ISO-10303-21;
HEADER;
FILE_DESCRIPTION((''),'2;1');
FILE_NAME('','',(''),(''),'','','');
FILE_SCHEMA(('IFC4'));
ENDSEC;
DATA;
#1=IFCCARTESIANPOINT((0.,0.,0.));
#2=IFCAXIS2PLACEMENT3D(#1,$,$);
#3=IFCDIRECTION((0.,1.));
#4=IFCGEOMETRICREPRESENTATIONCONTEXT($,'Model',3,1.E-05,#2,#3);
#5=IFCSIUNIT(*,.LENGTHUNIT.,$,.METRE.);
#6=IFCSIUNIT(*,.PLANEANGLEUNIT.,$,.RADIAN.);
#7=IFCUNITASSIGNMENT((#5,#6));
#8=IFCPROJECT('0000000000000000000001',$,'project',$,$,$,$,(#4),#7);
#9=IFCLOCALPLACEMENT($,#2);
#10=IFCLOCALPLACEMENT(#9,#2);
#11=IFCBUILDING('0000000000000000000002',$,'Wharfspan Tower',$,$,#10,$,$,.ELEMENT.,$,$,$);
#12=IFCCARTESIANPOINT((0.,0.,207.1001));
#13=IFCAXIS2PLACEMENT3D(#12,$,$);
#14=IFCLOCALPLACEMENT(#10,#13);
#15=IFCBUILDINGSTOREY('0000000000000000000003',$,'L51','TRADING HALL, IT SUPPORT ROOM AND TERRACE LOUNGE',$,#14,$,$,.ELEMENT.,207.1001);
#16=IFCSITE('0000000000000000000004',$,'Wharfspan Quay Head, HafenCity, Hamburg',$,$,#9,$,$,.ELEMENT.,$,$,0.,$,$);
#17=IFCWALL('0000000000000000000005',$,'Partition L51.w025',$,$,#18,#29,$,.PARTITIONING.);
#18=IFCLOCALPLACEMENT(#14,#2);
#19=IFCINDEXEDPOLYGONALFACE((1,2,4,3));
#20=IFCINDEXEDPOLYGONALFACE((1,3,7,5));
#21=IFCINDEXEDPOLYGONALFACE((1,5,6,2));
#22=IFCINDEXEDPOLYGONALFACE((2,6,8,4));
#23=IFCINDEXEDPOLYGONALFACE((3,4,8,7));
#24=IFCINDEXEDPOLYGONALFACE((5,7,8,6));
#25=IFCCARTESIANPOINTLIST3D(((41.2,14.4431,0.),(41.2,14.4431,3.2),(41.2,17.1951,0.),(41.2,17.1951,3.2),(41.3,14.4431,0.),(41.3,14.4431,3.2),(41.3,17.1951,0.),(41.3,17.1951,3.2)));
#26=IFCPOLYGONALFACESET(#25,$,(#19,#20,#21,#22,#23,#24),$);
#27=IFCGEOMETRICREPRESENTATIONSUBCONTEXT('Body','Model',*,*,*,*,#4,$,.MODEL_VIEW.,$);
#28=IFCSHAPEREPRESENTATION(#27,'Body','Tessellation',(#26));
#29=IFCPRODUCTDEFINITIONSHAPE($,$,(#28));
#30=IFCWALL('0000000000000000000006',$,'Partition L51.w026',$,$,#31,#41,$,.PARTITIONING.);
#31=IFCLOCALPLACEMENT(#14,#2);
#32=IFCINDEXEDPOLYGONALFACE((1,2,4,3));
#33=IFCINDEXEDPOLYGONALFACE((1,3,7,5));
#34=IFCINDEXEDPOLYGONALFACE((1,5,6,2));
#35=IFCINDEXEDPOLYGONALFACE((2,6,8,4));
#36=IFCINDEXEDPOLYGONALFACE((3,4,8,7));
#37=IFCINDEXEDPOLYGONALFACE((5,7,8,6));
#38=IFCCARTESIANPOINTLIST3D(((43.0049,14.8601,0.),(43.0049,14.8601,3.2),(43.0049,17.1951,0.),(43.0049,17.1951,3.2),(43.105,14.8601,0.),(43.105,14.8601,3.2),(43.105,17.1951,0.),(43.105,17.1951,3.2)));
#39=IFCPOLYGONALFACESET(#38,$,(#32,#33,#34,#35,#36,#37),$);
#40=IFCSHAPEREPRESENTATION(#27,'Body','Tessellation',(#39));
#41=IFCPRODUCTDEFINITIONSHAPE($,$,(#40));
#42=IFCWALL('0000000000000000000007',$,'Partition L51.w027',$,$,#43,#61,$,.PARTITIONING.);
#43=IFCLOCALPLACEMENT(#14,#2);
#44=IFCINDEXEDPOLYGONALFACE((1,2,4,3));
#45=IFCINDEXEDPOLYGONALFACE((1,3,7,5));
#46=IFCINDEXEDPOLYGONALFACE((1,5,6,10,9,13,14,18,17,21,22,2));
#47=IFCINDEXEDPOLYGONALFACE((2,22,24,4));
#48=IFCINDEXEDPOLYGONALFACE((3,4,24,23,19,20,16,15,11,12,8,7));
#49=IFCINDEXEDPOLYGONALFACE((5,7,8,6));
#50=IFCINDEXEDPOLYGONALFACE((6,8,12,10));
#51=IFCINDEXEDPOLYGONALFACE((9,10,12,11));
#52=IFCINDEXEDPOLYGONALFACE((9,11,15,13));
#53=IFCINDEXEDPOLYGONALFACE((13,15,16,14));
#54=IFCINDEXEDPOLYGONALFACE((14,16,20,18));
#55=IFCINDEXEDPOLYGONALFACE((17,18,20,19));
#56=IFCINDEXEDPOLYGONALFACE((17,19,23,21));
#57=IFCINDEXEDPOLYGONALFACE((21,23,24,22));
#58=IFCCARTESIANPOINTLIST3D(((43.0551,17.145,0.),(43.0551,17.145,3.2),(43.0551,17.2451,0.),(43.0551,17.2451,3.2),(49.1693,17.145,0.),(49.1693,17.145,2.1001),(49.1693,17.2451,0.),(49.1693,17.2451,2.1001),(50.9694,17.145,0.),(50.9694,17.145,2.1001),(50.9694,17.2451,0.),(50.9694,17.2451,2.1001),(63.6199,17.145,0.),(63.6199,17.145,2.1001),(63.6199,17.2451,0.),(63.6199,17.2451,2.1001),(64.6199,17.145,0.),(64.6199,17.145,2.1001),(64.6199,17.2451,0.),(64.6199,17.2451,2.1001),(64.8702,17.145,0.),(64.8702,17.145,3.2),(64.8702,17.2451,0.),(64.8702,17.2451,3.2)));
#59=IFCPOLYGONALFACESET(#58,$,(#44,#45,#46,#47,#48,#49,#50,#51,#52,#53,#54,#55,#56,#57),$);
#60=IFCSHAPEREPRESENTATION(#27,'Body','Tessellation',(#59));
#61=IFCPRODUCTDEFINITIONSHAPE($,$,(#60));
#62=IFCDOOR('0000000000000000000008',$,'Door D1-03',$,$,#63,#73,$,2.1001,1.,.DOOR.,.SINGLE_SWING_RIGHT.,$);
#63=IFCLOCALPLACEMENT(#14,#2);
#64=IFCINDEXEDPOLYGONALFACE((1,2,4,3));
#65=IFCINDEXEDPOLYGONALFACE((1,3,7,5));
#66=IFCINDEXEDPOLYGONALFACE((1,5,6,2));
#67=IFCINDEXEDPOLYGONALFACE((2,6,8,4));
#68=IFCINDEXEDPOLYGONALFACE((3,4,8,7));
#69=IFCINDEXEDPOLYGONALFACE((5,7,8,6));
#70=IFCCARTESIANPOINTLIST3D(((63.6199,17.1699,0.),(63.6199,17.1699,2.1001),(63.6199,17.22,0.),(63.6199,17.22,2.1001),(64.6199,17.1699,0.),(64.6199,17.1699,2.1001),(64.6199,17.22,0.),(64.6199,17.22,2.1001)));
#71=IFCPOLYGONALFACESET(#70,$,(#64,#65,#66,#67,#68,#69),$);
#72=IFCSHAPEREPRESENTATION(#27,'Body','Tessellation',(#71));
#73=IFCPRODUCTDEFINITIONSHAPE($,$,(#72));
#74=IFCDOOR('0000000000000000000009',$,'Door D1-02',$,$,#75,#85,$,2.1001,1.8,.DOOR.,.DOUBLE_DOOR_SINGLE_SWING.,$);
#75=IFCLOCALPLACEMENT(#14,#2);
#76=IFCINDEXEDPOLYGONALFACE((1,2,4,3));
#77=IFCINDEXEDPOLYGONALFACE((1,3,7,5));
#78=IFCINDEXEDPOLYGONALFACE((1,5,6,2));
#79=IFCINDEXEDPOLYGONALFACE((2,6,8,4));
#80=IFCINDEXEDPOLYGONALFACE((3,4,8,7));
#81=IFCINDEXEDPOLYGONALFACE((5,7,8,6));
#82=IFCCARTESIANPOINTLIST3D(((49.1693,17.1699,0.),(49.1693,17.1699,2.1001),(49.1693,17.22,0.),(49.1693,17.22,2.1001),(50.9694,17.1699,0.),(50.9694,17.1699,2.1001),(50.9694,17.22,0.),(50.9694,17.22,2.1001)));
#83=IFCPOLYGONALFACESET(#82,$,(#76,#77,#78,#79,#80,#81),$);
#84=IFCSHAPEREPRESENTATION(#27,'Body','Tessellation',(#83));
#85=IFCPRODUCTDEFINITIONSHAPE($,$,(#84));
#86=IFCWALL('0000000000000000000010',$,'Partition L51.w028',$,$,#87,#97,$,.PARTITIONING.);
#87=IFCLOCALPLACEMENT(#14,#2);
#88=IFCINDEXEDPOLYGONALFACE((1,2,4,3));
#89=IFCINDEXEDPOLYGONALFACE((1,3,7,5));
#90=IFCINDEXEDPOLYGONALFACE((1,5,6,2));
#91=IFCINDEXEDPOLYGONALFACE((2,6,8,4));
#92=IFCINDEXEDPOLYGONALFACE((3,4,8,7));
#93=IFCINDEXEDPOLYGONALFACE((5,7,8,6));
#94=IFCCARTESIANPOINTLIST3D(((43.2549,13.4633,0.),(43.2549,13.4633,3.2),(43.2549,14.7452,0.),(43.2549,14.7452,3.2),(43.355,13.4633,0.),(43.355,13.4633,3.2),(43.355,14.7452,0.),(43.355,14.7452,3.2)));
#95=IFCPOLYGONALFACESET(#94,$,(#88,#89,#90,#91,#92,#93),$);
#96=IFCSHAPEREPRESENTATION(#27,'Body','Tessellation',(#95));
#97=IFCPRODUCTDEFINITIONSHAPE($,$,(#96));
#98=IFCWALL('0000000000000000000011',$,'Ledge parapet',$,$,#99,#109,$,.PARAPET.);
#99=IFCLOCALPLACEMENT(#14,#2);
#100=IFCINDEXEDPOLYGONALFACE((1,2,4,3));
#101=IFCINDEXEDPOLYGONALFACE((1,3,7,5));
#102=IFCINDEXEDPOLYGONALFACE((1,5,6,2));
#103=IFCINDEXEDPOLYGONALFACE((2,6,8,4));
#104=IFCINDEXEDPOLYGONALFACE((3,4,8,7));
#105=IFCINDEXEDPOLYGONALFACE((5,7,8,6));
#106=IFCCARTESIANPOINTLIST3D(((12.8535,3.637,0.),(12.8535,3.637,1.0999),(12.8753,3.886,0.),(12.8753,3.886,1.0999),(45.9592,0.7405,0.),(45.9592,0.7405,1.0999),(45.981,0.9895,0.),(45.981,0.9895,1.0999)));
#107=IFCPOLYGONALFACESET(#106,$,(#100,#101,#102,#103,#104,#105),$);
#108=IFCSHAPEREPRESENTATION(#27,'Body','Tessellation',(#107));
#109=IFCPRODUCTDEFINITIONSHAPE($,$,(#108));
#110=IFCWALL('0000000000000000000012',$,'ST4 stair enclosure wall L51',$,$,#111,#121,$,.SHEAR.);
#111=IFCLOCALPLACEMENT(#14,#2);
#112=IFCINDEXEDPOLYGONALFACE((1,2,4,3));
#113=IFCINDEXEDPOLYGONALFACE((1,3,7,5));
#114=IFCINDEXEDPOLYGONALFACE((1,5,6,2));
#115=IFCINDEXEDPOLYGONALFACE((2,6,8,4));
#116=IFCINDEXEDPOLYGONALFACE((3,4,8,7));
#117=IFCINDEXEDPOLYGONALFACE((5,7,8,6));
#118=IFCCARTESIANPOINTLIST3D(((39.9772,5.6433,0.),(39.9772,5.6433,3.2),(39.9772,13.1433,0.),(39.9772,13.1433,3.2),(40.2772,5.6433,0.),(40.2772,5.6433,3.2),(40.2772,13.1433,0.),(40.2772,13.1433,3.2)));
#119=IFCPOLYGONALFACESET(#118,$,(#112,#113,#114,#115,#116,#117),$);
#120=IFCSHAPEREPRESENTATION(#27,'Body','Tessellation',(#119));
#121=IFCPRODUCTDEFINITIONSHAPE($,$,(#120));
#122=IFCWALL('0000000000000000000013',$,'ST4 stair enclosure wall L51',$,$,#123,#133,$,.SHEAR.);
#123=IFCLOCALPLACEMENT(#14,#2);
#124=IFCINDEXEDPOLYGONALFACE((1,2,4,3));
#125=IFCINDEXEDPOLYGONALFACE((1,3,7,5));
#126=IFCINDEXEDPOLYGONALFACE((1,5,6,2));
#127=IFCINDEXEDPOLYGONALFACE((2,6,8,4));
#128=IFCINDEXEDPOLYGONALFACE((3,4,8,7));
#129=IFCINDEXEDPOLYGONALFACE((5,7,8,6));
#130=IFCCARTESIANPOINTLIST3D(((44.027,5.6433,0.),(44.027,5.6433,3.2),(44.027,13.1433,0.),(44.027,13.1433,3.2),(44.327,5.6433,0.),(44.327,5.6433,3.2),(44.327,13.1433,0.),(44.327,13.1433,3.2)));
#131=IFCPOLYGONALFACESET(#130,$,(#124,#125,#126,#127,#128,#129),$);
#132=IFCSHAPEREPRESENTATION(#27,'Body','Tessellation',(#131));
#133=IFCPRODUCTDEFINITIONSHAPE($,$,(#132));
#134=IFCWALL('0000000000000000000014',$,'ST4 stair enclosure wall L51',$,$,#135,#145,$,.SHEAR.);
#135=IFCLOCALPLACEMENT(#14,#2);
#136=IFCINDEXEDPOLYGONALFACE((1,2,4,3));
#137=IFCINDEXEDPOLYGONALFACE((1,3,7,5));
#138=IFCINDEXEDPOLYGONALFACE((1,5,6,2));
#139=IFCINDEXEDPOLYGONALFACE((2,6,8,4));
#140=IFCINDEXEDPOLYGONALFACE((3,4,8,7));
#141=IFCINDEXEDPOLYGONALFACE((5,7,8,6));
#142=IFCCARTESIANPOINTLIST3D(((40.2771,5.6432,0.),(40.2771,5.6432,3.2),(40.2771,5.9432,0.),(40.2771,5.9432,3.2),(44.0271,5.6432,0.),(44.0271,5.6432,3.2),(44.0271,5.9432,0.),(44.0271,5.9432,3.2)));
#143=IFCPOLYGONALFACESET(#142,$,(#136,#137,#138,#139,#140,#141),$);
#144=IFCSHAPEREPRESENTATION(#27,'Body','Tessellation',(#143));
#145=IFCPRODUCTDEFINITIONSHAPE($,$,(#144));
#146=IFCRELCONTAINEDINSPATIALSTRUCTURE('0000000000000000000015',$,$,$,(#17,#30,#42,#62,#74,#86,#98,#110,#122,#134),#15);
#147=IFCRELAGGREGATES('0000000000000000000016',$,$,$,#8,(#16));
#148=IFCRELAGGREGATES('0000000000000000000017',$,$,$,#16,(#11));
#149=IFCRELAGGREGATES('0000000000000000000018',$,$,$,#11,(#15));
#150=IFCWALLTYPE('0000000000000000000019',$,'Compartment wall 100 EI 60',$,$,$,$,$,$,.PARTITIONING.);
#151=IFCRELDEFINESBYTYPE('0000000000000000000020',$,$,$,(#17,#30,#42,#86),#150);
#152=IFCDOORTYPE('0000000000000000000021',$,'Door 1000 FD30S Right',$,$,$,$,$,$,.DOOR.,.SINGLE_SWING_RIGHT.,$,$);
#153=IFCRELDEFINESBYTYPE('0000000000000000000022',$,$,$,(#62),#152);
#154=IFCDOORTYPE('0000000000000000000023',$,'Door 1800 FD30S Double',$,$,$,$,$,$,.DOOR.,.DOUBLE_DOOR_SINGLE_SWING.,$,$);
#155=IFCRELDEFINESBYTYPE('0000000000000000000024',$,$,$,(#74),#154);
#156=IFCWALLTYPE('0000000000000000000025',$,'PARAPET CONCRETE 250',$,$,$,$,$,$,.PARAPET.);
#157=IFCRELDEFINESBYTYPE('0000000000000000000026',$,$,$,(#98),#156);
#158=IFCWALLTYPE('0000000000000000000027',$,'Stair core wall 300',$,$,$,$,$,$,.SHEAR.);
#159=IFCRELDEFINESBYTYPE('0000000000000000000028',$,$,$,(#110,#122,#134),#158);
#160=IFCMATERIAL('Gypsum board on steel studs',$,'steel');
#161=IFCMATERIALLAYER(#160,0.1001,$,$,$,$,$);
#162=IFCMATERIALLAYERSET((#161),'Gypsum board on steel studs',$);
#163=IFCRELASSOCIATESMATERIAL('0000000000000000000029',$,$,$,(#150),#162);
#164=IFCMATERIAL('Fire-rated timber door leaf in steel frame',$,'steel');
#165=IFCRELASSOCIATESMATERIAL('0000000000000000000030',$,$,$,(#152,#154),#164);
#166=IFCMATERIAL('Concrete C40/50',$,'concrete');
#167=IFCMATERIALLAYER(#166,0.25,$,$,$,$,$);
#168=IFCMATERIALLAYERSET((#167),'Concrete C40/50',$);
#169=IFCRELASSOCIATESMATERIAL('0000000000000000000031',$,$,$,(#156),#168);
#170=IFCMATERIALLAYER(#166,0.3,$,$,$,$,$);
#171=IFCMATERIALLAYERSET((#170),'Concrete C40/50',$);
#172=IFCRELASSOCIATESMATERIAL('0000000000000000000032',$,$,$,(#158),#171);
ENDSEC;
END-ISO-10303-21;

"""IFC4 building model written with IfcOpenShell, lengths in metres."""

from ifc_helpers import new_model, si_unit, direction, frame, frame_2d, origin, place, context, subcontext, project, spatial, rectangle, extrude, material, layer, layer_set, type_object, element, fill, save


model = new_model("IFC4")

# Units and contexts
model_context = context("Model", 3, precision=1e-05, world=origin(), true_north=direction((0.0, 1.0)))
body_context = subcontext(model_context, "Body", "Model", "MODEL_VIEW")
ifc_project = project(units=[si_unit("LENGTHUNIT", "METRE"), si_unit("PLANEANGLEUNIT", "RADIAN")], contexts=[model_context])

# Site, building, storey
site_placement = place(None, origin())
site = spatial("IfcSite", under=ifc_project, at=site_placement, Name="Wharfspan Quay Head, HafenCity, Hamburg", CompositionType="ELEMENT", RefElevation=0.0)
building_placement = place(site_placement, origin())
building = spatial("IfcBuilding", under=site, at=building_placement, Name="Wharfspan Tower", CompositionType="ELEMENT")
storey_placement = place(building_placement, frame((0.0, 0.0, 207.1001)))
storey = spatial("IfcBuildingStorey", under=building, at=storey_placement, Name="L51", Description="TRADING HALL, IT SUPPORT ROOM AND TERRACE LOUNGE", CompositionType="ELEMENT", Elevation=207.1001)

# Walls
ifc_material_1 = material(Name="Gypsum board on steel studs", Category="steel")
ifc_layer_1 = layer(ifc_material_1, 0.1001)
ifc_layer_set_1 = layer_set([ifc_layer_1], Name="Gypsum board on steel studs")
wall_type_1 = type_object("IfcWallType", Name="Compartment wall 100 EI 60", PredefinedType="PARTITIONING", material=ifc_layer_set_1)
wall_1_placement = place(storey_placement, frame((41.25, 14.4431, 0.0), z_axis=(0.0, 0.0, 1.0), x_axis=(0.0, 1.0, 0.0)))
element("IfcWall", 1, at=wall_1_placement, inside=storey, type_object=wall_type_1, Name="Partition L51.w025", PredefinedType="PARTITIONING", context=body_context, shape_type="SweptSolid", body=[
    extrude(rectangle(XDim=2.752, YDim=0.1001, at=frame_2d((1.376, 0.0))), origin(), (0.0, 0.0, 1.0), 3.2),
])
wall_2_placement = place(storey_placement, frame((43.0549, 14.8601, 0.0), z_axis=(0.0, 0.0, 1.0), x_axis=(0.0, 1.0, 0.0)))
element("IfcWall", 2, at=wall_2_placement, inside=storey, type_object=wall_type_1, Name="Partition L51.w026", PredefinedType="PARTITIONING", context=body_context, shape_type="SweptSolid", body=[
    extrude(rectangle(XDim=2.335, YDim=0.1001, at=frame_2d((1.1675, 0.0))), origin(), (0.0, 0.0, 1.0), 3.2),
])

# Wall, openings, doors
wall_3_placement = place(storey_placement, frame((43.0549, 17.1951, 0.0), z_axis=(0.0, 0.0, 1.0), x_axis=(1.0, 0.0, 0.0)))
wall_3 = element("IfcWall", 3, at=wall_3_placement, inside=storey, type_object=wall_type_1, Name="Partition L51.w027", PredefinedType="PARTITIONING", context=body_context, shape_type="SweptSolid", body=[
    extrude(rectangle(XDim=21.8152, YDim=0.1001, at=frame_2d((10.9077, 0.0))), origin(), (0.0, 0.0, 1.0), 3.2),
])
opening_1_placement = place(wall_3_placement, frame((6.1145, 0.0, 0.0)))
opening_1 = element("IfcOpeningElement", 4, at=opening_1_placement, cuts=wall_3, PredefinedType="OPENING", context=body_context, shape_type="SweptSolid", body=[
    extrude(rectangle(XDim=1.8, YDim=2.1001, at=frame_2d((0.8999, 1.05))), frame((0.0, 0.0601, 0.0), z_axis=(0.0, -1.0, 0.0), x_axis=(1.0, 0.0, 0.0)), (0.0, 0.0, 1.0), 0.1201),
])
opening_2_placement = place(wall_3_placement, frame((20.5649, 0.0, 0.0)))
opening_2 = element("IfcOpeningElement", 5, at=opening_2_placement, cuts=wall_3, PredefinedType="OPENING", context=body_context, shape_type="SweptSolid", body=[
    extrude(rectangle(XDim=1.0, YDim=2.1001, at=frame_2d((0.5, 1.05))), frame((0.0, 0.0601, 0.0), z_axis=(0.0, -1.0, 0.0), x_axis=(1.0, 0.0, 0.0)), (0.0, 0.0, 1.0), 0.1201),
])
ifc_material_2 = material(Name="Fire-rated timber door leaf in steel frame", Category="steel")
door_type_1 = type_object("IfcDoorType", Name="Door 1000 FD30S Right", OperationType="SINGLE_SWING_RIGHT", PredefinedType="DOOR", material=ifc_material_2)
door_1_placement = place(opening_2_placement, origin())
door_1 = element("IfcDoor", 6, at=door_1_placement, inside=storey, type_object=door_type_1, Name="Door D1-03", OperationType="SINGLE_SWING_RIGHT", OverallHeight=2.1001, OverallWidth=1.0, PredefinedType="DOOR", context=body_context, shape_type="SweptSolid", body=[
    extrude(rectangle(XDim=1.0, YDim=2.1001, at=frame_2d((0.5, 1.05))), frame((0.0, 0.0249, 0.0), z_axis=(0.0, -1.0, 0.0), x_axis=(1.0, 0.0, 0.0)), (0.0, 0.0, 1.0), 0.05),
])
fill(opening_2, door_1)
door_type_2 = type_object("IfcDoorType", Name="Door 1800 FD30S Double", OperationType="DOUBLE_DOOR_SINGLE_SWING", PredefinedType="DOOR", material=ifc_material_2)
door_2_placement = place(opening_1_placement, origin())
door_2 = element("IfcDoor", 7, at=door_2_placement, inside=storey, type_object=door_type_2, Name="Door D1-02", OperationType="DOUBLE_DOOR_SINGLE_SWING", OverallHeight=2.1001, OverallWidth=1.8, PredefinedType="DOOR", context=body_context, shape_type="SweptSolid", body=[
    extrude(rectangle(XDim=1.8, YDim=2.1001, at=frame_2d((0.8999, 1.05))), frame((0.0, 0.0249, 0.0), z_axis=(0.0, -1.0, 0.0), x_axis=(1.0, 0.0, 0.0)), (0.0, 0.0, 1.0), 0.05),
])
fill(opening_1, door_2)

# Walls
wall_4_placement = place(storey_placement, frame((43.3049, 13.4631, 0.0), z_axis=(0.0, 0.0, 1.0), x_axis=(0.0, 1.0, 0.0)))
element("IfcWall", 8, at=wall_4_placement, inside=storey, type_object=wall_type_1, Name="Partition L51.w028", PredefinedType="PARTITIONING", context=body_context, shape_type="SweptSolid", body=[
    extrude(rectangle(XDim=1.282, YDim=0.1001, at=frame_2d((0.6411, 0.0))), origin(), (0.0, 0.0, 1.0), 3.2),
])
ifc_material_3 = material(Name="Concrete C40/50", Category="concrete")
ifc_layer_2 = layer(ifc_material_3, 0.25)
ifc_layer_set_2 = layer_set([ifc_layer_2], Name="Concrete C40/50")
wall_type_2 = type_object("IfcWallType", Name="PARAPET CONCRETE 250", PredefinedType="PARAPET", material=ifc_layer_set_2)
wall_5_placement = place(storey_placement, frame((45.9702, 0.865, 0.0), z_axis=(0.0, 0.0, 1.0), x_axis=(-0.996194, 0.087159, 0.0)))
element("IfcWall", 9, at=wall_5_placement, inside=storey, type_object=wall_type_2, Name="Ledge parapet", PredefinedType="PARAPET", context=body_context, shape_type="SweptSolid", body=[
    extrude(rectangle(XDim=33.2322, YDim=0.25, at=frame_2d((16.6162, 0.0))), origin(), (0.0, 0.0, 1.0), 1.0999),
])
ifc_layer_3 = layer(ifc_material_3, 0.3)
ifc_layer_set_3 = layer_set([ifc_layer_3], Name="Concrete C40/50")
wall_type_3 = type_object("IfcWallType", Name="Stair core wall 300", PredefinedType="SHEAR", material=ifc_layer_set_3)
for number, where, z_axis, x_axis, name in (
    (10, (40.1272, 5.6433, 0.0), (0.0, 0.0, 1.0), (0.0, 1.0, 0.0), "ST4 stair enclosure wall L51"),
    (11, (44.177, 5.6433, 0.0), (0.0, 0.0, 1.0), (0.0, 1.0, 0.0), "ST4 stair enclosure wall L51"),
):
    element("IfcWall", number, at=place(storey_placement, frame(where, z_axis=z_axis, x_axis=x_axis)), inside=storey, type_object=wall_type_3, Name=name, PredefinedType="SHEAR", context=body_context, shape_type="SweptSolid", body=[
        extrude(rectangle(XDim=7.5, YDim=0.3, at=frame_2d((3.75, 0.0))), origin(), (0.0, 0.0, 1.0), 3.2),
    ])
wall_6_placement = place(storey_placement, frame((40.2771, 5.7932, 0.0), z_axis=(0.0, 0.0, 1.0), x_axis=(1.0, 0.0, 0.0)))
element("IfcWall", 12, at=wall_6_placement, inside=storey, type_object=wall_type_3, Name="ST4 stair enclosure wall L51", PredefinedType="SHEAR", context=body_context, shape_type="SweptSolid", body=[
    extrude(rectangle(XDim=3.75, YDim=0.3, at=frame_2d((1.875, 0.0))), origin(), (0.0, 0.0, 1.0), 3.2),
])

save(model, "model.ifc")
